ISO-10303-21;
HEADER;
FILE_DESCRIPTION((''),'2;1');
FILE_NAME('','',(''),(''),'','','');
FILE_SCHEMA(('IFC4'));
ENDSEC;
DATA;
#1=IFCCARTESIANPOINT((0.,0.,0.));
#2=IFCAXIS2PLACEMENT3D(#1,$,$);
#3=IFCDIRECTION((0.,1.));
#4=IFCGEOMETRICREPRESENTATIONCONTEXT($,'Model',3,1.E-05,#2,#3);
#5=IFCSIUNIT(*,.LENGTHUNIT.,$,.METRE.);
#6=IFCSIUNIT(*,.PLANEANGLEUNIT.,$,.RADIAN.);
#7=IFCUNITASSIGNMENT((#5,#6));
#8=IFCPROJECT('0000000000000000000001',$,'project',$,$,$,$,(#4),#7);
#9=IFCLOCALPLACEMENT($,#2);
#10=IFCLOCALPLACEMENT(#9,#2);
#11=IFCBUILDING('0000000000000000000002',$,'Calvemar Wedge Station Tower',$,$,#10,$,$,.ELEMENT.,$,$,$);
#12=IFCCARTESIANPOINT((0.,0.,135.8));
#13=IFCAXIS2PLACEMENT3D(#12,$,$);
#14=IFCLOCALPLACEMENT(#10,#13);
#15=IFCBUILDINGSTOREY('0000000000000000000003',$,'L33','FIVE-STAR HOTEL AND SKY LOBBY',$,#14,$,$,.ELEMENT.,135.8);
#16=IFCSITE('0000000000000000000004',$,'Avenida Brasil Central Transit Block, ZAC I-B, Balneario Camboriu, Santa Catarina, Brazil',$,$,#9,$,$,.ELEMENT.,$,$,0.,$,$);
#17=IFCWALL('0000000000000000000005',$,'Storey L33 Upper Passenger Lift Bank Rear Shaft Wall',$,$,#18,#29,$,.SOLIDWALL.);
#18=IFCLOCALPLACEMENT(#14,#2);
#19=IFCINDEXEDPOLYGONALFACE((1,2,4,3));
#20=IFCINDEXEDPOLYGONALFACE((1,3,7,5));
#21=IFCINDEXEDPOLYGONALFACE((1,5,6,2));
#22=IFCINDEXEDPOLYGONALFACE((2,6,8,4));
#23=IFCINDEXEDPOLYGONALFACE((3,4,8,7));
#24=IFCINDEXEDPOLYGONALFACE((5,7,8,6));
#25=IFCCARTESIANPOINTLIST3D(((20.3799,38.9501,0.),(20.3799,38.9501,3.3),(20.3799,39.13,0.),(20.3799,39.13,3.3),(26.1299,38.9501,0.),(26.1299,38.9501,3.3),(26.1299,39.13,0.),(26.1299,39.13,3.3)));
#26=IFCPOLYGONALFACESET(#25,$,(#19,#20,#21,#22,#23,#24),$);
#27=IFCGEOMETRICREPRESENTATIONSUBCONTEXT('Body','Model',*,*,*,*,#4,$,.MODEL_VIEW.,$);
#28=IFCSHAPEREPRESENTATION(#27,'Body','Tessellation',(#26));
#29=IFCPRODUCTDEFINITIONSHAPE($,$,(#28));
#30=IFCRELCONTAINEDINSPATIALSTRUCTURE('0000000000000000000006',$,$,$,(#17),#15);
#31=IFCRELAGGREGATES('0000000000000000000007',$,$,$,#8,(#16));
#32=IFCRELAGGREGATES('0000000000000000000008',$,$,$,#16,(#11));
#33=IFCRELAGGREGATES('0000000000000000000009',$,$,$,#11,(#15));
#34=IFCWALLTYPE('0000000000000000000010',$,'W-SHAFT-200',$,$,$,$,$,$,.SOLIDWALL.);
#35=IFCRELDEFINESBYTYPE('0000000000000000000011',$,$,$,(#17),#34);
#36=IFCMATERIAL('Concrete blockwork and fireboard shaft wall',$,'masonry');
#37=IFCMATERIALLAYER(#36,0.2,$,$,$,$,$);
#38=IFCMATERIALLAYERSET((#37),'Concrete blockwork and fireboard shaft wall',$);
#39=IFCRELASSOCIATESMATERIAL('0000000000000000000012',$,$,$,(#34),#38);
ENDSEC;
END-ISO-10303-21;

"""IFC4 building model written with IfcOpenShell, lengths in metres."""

from ifc_helpers import new_model, si_unit, direction, frame, frame_2d, origin, place, context, subcontext, project, spatial, rectangle, extrude, material, layer, layer_set, type_object, element, save


model = new_model("IFC4")

# Units and contexts
model_context = context("Model", 3, precision=1e-05, world=origin(), true_north=direction((0.0, 1.0)))
body_context = subcontext(model_context, "Body", "Model", "MODEL_VIEW")
ifc_project = project(units=[si_unit("LENGTHUNIT", "METRE"), si_unit("PLANEANGLEUNIT", "RADIAN")], contexts=[model_context])

# Site, building, storey
site_placement = place(None, origin())
site = spatial("IfcSite", under=ifc_project, at=site_placement, Name="Avenida Brasil Central Transit Block, ZAC I-B, Balneario Camboriu, Santa Catarina, Brazil", CompositionType="ELEMENT", RefElevation=0.0)
building_placement = place(site_placement, origin())
building = spatial("IfcBuilding", under=site, at=building_placement, Name="Calvemar Wedge Station Tower", CompositionType="ELEMENT")
storey_placement = place(building_placement, frame((0.0, 0.0, 135.8)))
storey = spatial("IfcBuildingStorey", under=building, at=storey_placement, Name="L33", Description="FIVE-STAR HOTEL AND SKY LOBBY", CompositionType="ELEMENT", Elevation=135.8)

# Wall
ifc_material_1 = material(Name="Concrete blockwork and fireboard shaft wall", Category="masonry")
ifc_layer_1 = layer(ifc_material_1, 0.2)
ifc_layer_set_1 = layer_set([ifc_layer_1], Name="Concrete blockwork and fireboard shaft wall")
wall_type_1 = type_object("IfcWallType", Name="W-SHAFT-200", PredefinedType="SOLIDWALL", material=ifc_layer_set_1)
wall_1_placement = place(storey_placement, frame((20.3799, 39.04, 0.0), z_axis=(0.0, 0.0, 1.0), x_axis=(1.0, 0.0, 0.0)))
element("IfcWall", 1, at=wall_1_placement, inside=storey, type_object=wall_type_1, Name="Storey L33 Upper Passenger Lift Bank Rear Shaft Wall", PredefinedType="SOLIDWALL", context=body_context, shape_type="SweptSolid", body=[
    extrude(rectangle(XDim=5.75, YDim=0.1799, at=frame_2d((2.875, 0.0))), origin(), (0.0, 0.0, 1.0), 3.3),
])

save(model, "model.ifc")
